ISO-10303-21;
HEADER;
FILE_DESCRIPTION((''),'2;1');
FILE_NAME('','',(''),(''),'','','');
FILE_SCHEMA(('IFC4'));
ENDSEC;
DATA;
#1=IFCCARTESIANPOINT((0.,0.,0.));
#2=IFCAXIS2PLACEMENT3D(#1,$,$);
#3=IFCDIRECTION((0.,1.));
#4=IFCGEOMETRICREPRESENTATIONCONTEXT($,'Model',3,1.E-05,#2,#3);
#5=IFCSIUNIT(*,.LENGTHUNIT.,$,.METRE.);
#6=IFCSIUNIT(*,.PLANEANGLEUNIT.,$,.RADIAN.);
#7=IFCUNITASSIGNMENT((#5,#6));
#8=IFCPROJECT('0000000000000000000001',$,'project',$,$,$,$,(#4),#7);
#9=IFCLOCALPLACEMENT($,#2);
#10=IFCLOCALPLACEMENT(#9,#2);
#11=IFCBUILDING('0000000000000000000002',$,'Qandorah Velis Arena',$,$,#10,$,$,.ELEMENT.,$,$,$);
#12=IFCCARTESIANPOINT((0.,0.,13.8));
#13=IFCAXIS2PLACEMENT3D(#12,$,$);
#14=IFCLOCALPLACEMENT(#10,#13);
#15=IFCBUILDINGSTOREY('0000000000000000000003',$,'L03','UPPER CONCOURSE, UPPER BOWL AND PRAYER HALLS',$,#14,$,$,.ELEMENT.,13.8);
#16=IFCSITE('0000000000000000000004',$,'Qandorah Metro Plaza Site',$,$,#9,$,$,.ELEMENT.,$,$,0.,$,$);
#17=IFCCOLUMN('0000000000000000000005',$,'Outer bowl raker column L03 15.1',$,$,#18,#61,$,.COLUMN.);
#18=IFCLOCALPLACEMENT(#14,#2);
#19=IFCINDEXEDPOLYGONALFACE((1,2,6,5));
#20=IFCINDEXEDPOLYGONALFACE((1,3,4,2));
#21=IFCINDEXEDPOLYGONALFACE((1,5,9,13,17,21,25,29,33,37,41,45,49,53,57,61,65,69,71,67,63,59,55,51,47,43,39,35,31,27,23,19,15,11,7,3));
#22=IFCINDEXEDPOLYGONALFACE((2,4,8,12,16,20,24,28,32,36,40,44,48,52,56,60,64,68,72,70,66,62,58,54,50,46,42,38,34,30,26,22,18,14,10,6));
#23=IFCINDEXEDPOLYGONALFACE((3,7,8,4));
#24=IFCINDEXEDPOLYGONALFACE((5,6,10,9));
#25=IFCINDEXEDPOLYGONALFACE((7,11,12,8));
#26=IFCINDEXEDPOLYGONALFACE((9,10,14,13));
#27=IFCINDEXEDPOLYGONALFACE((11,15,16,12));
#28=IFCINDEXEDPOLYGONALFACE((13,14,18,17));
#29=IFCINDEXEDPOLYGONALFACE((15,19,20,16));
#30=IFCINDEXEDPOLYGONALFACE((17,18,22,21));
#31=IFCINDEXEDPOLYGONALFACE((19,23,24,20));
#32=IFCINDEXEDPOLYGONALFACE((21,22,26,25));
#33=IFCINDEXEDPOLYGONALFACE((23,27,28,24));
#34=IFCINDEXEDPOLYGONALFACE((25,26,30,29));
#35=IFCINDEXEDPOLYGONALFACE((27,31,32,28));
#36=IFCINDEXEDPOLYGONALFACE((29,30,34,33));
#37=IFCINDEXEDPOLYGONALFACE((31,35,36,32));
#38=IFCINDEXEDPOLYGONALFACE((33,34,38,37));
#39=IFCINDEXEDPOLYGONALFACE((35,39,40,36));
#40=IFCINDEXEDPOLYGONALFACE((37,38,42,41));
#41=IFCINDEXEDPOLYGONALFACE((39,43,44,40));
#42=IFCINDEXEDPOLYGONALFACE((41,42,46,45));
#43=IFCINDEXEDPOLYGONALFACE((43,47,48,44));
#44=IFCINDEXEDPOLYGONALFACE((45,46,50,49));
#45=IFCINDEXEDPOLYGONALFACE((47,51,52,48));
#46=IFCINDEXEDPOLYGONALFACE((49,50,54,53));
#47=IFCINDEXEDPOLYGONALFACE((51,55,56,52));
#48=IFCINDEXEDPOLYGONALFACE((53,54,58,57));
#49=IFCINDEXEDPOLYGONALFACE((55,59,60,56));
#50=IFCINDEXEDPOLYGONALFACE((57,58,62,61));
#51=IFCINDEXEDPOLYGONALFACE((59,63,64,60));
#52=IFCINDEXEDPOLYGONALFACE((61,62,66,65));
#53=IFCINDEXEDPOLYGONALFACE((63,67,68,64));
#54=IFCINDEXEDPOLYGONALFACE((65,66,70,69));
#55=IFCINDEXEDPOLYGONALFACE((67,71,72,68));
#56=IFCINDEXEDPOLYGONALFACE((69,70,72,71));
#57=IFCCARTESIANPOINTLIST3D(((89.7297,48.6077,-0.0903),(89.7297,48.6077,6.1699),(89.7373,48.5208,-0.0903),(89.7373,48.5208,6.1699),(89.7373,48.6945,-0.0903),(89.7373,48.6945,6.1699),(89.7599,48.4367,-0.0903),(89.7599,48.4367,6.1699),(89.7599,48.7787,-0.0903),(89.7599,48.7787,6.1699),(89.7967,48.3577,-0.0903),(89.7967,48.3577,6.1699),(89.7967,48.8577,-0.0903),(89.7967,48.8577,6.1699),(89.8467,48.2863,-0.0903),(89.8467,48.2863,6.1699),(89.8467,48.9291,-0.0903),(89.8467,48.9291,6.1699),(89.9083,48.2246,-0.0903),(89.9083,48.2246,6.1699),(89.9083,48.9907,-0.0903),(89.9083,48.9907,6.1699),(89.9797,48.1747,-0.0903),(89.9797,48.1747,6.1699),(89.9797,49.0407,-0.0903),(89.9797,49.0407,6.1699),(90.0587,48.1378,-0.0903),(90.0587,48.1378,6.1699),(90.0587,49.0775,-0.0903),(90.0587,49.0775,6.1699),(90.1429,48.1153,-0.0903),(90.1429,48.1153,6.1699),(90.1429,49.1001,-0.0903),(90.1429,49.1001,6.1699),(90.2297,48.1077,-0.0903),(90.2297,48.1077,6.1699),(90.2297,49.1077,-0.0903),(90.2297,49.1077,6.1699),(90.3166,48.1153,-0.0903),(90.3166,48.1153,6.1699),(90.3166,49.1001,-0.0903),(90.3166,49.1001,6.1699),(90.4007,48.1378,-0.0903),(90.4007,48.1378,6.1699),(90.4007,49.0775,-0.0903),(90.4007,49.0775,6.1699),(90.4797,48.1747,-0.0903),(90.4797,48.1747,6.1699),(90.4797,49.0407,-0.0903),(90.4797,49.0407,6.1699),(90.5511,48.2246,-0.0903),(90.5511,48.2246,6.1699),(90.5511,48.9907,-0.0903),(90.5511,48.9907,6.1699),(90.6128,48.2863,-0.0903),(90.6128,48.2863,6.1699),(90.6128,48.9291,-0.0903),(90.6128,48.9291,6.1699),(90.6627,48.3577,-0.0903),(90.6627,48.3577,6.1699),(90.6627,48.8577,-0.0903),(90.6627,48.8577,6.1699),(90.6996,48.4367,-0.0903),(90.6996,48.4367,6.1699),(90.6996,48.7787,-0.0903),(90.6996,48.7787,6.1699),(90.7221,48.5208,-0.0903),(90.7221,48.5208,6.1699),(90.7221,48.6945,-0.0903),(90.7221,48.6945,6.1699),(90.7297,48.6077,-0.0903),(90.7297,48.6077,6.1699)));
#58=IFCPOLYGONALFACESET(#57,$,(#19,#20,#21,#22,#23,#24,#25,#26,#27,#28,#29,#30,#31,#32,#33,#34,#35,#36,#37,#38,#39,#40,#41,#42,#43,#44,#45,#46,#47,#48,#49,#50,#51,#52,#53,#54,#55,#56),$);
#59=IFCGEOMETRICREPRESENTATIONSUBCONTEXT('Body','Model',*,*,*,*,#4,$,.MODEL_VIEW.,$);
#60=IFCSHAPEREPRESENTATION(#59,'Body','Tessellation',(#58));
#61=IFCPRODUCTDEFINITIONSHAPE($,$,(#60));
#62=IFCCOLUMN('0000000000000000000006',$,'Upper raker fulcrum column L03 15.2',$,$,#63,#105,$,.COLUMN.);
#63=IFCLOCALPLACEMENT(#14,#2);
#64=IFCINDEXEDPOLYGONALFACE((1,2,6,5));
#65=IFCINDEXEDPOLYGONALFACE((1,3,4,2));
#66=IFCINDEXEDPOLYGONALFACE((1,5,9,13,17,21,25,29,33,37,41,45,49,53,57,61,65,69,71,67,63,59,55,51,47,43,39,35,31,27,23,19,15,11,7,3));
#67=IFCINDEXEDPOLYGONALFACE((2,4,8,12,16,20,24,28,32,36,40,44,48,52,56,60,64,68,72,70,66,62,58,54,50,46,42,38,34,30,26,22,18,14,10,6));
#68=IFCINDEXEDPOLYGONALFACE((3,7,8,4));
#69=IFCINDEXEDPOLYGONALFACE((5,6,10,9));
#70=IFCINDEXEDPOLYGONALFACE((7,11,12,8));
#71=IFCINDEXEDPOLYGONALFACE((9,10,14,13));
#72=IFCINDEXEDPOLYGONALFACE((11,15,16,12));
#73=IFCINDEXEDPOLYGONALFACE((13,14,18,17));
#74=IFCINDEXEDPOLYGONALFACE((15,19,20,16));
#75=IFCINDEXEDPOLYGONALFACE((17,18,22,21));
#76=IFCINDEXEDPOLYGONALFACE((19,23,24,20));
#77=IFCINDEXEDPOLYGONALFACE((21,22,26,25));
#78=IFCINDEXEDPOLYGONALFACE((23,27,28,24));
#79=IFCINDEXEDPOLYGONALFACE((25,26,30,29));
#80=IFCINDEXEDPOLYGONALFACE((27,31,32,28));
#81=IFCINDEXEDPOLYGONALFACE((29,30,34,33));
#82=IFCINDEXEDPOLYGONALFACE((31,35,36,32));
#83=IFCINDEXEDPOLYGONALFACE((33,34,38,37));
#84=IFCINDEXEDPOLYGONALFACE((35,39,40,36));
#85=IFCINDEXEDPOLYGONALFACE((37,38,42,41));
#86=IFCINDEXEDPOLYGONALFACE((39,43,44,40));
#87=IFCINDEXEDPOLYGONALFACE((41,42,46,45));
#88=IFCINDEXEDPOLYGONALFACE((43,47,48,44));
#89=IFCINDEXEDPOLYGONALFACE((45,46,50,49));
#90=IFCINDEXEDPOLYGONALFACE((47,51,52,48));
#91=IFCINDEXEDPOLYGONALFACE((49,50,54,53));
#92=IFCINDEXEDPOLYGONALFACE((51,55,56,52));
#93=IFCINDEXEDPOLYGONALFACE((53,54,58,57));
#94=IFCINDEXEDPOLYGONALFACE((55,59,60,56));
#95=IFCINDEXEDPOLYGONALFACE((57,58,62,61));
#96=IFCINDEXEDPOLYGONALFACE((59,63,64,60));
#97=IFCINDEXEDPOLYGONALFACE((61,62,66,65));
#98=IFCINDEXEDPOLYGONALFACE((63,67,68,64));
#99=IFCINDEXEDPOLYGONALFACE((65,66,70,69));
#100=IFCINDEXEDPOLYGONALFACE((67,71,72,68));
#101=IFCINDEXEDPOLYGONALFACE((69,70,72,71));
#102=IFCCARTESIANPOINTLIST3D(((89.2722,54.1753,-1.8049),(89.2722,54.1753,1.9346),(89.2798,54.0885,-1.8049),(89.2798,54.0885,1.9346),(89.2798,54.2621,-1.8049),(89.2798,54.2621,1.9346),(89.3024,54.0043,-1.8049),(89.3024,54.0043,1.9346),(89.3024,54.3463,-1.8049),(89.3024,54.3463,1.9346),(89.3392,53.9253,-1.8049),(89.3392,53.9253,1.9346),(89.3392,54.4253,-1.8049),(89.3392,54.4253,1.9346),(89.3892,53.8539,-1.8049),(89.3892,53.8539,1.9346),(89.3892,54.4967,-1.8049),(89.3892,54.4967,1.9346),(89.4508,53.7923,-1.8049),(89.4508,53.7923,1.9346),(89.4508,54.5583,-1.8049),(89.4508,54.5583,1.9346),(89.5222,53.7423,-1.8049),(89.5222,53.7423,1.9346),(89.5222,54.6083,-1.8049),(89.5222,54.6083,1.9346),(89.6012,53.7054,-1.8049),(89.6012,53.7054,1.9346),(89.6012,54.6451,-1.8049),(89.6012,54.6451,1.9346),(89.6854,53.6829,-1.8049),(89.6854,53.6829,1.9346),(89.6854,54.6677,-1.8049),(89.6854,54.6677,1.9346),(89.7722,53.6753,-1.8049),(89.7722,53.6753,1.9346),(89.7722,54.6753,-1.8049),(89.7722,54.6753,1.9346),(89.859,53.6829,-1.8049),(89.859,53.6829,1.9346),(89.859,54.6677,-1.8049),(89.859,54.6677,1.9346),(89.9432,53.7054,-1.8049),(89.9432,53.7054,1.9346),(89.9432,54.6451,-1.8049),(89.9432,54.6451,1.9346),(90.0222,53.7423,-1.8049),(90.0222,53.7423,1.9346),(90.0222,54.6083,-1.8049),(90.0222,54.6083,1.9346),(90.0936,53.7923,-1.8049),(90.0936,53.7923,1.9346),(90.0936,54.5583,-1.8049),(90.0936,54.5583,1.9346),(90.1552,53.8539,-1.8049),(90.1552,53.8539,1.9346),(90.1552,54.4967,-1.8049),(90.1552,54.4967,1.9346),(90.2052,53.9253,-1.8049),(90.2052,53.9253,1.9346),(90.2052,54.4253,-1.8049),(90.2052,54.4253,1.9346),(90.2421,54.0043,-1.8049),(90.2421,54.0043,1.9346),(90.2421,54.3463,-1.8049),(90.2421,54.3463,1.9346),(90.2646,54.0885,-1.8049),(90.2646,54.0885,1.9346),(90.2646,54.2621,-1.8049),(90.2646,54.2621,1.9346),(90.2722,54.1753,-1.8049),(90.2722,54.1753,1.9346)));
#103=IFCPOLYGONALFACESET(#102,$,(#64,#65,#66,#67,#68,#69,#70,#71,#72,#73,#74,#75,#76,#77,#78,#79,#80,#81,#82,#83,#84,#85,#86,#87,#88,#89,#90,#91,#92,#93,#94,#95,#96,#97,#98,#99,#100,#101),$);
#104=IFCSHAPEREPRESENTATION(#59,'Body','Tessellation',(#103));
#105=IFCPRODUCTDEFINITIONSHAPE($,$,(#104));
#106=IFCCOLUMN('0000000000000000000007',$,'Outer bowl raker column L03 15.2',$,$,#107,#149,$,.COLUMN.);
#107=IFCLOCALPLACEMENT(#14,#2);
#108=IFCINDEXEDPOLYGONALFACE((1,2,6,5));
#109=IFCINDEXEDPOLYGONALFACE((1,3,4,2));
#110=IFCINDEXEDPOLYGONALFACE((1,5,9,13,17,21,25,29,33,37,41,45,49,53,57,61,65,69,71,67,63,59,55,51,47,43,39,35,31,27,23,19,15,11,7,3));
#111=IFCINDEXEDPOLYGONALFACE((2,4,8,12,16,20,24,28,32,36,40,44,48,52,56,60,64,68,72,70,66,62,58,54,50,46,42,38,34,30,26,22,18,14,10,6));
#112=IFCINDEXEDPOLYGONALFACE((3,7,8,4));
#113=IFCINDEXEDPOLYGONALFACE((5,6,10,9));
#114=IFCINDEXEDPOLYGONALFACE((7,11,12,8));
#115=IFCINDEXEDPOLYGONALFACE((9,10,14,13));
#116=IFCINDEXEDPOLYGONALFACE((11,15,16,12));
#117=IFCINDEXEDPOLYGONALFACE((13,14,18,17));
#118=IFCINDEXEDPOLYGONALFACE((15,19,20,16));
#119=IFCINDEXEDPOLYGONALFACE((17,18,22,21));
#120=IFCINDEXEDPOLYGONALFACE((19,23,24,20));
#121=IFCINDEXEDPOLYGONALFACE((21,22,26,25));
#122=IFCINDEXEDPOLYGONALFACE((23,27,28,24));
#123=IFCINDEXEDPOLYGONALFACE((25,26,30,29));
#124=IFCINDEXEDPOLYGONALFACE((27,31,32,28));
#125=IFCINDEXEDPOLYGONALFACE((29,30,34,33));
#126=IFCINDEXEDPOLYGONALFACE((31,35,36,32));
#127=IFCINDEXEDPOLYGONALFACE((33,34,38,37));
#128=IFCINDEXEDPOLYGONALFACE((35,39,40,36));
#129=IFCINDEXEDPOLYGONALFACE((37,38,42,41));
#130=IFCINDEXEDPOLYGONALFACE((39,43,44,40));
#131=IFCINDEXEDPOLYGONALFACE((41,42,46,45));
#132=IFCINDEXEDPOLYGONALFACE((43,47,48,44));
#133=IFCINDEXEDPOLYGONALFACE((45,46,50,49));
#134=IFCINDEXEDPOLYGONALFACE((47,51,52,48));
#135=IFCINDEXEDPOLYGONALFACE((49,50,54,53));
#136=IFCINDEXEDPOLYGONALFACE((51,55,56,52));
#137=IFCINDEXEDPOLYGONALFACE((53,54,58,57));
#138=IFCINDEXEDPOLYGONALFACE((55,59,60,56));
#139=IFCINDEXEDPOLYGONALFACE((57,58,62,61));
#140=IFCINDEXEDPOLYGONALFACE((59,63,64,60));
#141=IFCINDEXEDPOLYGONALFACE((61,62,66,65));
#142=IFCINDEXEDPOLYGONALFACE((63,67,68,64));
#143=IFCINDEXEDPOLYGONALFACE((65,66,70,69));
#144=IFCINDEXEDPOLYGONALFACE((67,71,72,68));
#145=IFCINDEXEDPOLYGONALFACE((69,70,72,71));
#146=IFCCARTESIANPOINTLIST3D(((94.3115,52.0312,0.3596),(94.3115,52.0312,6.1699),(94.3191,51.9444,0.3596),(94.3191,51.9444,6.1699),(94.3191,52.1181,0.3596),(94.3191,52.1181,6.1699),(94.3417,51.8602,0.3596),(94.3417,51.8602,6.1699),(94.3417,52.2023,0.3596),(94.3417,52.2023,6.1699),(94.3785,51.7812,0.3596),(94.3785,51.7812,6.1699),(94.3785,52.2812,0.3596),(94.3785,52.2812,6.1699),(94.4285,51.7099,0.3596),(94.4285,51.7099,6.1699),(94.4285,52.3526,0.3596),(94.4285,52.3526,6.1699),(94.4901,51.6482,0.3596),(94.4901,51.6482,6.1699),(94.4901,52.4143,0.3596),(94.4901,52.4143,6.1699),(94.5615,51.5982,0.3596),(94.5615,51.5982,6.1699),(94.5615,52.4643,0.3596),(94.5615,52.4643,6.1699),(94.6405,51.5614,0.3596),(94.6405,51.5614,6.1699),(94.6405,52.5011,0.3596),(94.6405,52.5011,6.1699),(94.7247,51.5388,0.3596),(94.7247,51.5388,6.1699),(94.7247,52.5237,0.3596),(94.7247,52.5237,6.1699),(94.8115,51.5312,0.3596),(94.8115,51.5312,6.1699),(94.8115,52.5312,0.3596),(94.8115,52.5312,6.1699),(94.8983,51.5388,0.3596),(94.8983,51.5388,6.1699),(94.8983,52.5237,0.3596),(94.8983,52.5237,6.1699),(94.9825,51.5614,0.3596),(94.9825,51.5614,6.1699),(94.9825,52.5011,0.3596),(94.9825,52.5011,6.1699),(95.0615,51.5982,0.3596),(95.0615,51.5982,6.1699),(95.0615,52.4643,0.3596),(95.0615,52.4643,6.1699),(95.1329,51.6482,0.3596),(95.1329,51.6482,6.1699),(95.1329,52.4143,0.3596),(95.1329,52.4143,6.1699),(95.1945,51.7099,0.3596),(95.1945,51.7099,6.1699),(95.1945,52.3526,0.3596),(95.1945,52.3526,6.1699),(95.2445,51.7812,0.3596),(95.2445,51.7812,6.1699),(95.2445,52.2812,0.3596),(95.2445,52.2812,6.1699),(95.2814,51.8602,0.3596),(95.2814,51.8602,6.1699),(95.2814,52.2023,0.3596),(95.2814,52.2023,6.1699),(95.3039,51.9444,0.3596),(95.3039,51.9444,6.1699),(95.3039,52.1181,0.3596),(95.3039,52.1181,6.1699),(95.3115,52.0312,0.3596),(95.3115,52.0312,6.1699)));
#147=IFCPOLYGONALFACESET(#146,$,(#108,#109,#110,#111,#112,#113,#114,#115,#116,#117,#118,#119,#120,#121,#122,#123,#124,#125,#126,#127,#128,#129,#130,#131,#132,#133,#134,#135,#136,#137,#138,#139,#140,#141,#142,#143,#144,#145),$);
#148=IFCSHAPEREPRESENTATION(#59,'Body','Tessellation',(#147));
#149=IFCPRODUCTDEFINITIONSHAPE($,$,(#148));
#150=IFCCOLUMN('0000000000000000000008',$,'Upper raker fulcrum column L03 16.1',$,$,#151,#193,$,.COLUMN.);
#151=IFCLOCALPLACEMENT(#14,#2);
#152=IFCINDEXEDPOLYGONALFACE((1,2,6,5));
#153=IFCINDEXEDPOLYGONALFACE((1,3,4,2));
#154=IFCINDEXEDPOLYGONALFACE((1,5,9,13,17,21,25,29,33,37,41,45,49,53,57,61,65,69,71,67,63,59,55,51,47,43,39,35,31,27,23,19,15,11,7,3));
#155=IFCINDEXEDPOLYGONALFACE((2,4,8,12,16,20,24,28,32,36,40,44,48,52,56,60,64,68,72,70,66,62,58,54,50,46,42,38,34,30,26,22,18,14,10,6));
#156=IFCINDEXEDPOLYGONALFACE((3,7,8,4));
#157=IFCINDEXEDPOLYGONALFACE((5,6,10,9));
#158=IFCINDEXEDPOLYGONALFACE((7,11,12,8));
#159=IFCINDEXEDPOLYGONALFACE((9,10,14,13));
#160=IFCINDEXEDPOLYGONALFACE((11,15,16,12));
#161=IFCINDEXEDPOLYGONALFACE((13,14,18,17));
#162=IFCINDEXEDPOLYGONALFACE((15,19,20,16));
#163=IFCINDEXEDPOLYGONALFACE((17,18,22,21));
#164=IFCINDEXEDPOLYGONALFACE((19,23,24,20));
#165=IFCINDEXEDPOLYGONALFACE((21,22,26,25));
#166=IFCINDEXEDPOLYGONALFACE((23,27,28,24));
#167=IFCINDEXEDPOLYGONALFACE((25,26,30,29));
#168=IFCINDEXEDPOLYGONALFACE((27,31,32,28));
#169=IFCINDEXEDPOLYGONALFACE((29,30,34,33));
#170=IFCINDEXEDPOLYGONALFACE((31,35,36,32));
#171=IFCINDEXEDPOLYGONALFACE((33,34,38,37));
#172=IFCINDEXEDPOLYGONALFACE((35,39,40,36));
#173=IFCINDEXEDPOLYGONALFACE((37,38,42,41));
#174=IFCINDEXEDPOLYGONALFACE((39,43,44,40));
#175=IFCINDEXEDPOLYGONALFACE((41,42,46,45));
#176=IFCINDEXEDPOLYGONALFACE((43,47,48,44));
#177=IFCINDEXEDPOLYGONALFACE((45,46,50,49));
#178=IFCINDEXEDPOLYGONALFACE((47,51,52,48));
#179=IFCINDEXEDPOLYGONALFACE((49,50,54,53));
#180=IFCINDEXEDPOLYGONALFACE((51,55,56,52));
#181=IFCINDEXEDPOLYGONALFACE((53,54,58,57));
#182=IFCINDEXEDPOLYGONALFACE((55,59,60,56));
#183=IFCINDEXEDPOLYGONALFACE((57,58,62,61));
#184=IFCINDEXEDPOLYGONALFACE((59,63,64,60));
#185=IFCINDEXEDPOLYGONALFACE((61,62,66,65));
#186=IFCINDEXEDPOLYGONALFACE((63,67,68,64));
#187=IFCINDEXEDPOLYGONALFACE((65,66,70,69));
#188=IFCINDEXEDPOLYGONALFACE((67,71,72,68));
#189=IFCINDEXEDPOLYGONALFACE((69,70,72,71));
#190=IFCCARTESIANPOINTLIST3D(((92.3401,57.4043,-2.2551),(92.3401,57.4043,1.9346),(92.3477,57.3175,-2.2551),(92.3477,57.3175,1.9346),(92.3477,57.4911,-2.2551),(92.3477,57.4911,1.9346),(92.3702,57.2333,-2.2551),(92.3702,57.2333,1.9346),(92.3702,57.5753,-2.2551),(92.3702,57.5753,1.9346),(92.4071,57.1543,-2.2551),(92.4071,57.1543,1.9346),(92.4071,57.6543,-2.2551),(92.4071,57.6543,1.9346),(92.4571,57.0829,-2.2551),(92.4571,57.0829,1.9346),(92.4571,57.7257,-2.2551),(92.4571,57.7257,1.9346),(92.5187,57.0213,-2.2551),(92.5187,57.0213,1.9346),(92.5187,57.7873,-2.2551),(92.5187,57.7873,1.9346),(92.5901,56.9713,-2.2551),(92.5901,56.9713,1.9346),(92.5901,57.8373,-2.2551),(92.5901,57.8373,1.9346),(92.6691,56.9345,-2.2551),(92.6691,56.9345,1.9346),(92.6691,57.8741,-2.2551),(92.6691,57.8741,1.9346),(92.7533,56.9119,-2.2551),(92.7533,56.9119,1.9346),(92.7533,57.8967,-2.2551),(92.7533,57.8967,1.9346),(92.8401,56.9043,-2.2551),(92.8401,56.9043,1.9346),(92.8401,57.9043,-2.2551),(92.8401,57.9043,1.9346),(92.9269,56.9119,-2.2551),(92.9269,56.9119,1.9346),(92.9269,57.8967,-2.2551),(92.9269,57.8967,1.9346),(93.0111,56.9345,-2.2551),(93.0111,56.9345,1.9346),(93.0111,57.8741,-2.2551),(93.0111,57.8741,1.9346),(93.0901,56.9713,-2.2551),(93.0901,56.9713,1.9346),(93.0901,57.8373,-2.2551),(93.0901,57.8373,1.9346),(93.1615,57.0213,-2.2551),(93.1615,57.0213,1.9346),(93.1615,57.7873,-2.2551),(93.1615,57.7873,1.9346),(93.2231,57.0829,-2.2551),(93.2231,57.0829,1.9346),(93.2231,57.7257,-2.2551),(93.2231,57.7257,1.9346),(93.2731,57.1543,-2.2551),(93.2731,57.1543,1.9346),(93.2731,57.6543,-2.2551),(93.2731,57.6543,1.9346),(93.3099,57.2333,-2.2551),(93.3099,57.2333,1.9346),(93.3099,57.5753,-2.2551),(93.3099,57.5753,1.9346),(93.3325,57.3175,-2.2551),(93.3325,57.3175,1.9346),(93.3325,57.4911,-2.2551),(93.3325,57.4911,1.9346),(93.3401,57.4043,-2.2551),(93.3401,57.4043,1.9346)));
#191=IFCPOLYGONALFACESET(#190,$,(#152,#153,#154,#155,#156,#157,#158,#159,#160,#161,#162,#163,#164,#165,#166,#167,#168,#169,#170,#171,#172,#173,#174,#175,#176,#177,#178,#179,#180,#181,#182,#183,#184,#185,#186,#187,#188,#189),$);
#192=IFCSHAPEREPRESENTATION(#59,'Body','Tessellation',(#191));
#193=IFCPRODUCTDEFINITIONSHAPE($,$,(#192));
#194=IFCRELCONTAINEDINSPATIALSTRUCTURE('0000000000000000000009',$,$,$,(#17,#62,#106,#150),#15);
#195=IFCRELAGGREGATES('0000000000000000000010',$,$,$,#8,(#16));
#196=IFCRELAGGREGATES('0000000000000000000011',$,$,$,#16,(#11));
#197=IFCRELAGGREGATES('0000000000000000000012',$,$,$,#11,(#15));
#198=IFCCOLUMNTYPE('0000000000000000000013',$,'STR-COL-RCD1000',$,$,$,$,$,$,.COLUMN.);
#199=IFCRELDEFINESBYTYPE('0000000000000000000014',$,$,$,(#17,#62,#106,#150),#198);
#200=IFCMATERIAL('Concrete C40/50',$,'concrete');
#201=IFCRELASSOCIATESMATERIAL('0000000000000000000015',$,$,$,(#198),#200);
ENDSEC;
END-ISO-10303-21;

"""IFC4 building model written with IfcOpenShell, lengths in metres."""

from ifc_helpers import new_model, si_unit, direction, frame, origin, origin_2d, place, context, subcontext, project, spatial, circle, extrude, material, material_profile, profile_set, type_object, element, save


model = new_model("IFC4")

# Units and contexts
model_context = context("Model", 3, precision=1e-05, world=origin(), true_north=direction((0.0, 1.0)))
body_context = subcontext(model_context, "Body", "Model", "MODEL_VIEW")
ifc_project = project(units=[si_unit("LENGTHUNIT", "METRE"), si_unit("PLANEANGLEUNIT", "RADIAN")], contexts=[model_context])

# Site, building, storey
site_placement = place(None, origin())
site = spatial("IfcSite", under=ifc_project, at=site_placement, Name="Qandorah Metro Plaza Site", CompositionType="ELEMENT", RefElevation=0.0)
building_placement = place(site_placement, origin())
building = spatial("IfcBuilding", under=site, at=building_placement, Name="Qandorah Velis Arena", CompositionType="ELEMENT")
storey_placement = place(building_placement, frame((0.0, 0.0, 13.8)))
storey = spatial("IfcBuildingStorey", under=building, at=storey_placement, Name="L03", Description="UPPER CONCOURSE, UPPER BOWL AND PRAYER HALLS", CompositionType="ELEMENT", Elevation=13.8)

# Columns
ifc_material_1 = material(Name="Concrete C40/50", Category="concrete")
ifc_material_profile_1 = material_profile(ifc_material_1, circle(Radius=0.5, at=origin_2d()), Name="RC D1000")
ifc_profile_set_1 = profile_set([ifc_material_profile_1], Name="Concrete C40/50")
column_type = type_object("IfcColumnType", Name="STR-COL-RCD1000", PredefinedType="COLUMN", material=ifc_profile_set_1)
column_1_placement = place(storey_placement, frame((90.2297, 48.6077, -0.0903), z_axis=(0.0, 0.0, 1.0), x_axis=(1.0, 0.0, 0.0)))
element("IfcColumn", 1, at=column_1_placement, inside=storey, type_object=column_type, Name="Outer bowl raker column L03 15.1", PredefinedType="COLUMN", context=body_context, shape_type="SweptSolid", body=[
    extrude(circle(Radius=0.5, at=origin_2d()), origin(), (0.0, 0.0, 1.0), 6.2603),
])
column_2_placement = place(storey_placement, frame((89.7722, 54.1753, -1.8049), z_axis=(0.0, 0.0, 1.0), x_axis=(1.0, 0.0, 0.0)))
element("IfcColumn", 2, at=column_2_placement, inside=storey, type_object=column_type, Name="Upper raker fulcrum column L03 15.2", PredefinedType="COLUMN", context=body_context, shape_type="SweptSolid", body=[
    extrude(circle(Radius=0.5, at=origin_2d()), origin(), (0.0, 0.0, 1.0), 3.7395),
])
column_3_placement = place(storey_placement, frame((94.8115, 52.0312, 0.3596), z_axis=(0.0, 0.0, 1.0), x_axis=(1.0, 0.0, 0.0)))
element("IfcColumn", 3, at=column_3_placement, inside=storey, type_object=column_type, Name="Outer bowl raker column L03 15.2", PredefinedType="COLUMN", context=body_context, shape_type="SweptSolid", body=[
    extrude(circle(Radius=0.5, at=origin_2d()), origin(), (0.0, 0.0, 1.0), 5.8103),
])
column_4_placement = place(storey_placement, frame((92.8401, 57.4043, -2.2551), z_axis=(0.0, 0.0, 1.0), x_axis=(1.0, 0.0, 0.0)))
element("IfcColumn", 4, at=column_4_placement, inside=storey, type_object=column_type, Name="Upper raker fulcrum column L03 16.1", PredefinedType="COLUMN", context=body_context, shape_type="SweptSolid", body=[
    extrude(circle(Radius=0.5, at=origin_2d()), origin(), (0.0, 0.0, 1.0), 4.1897),
])

save(model, "model.ifc")
